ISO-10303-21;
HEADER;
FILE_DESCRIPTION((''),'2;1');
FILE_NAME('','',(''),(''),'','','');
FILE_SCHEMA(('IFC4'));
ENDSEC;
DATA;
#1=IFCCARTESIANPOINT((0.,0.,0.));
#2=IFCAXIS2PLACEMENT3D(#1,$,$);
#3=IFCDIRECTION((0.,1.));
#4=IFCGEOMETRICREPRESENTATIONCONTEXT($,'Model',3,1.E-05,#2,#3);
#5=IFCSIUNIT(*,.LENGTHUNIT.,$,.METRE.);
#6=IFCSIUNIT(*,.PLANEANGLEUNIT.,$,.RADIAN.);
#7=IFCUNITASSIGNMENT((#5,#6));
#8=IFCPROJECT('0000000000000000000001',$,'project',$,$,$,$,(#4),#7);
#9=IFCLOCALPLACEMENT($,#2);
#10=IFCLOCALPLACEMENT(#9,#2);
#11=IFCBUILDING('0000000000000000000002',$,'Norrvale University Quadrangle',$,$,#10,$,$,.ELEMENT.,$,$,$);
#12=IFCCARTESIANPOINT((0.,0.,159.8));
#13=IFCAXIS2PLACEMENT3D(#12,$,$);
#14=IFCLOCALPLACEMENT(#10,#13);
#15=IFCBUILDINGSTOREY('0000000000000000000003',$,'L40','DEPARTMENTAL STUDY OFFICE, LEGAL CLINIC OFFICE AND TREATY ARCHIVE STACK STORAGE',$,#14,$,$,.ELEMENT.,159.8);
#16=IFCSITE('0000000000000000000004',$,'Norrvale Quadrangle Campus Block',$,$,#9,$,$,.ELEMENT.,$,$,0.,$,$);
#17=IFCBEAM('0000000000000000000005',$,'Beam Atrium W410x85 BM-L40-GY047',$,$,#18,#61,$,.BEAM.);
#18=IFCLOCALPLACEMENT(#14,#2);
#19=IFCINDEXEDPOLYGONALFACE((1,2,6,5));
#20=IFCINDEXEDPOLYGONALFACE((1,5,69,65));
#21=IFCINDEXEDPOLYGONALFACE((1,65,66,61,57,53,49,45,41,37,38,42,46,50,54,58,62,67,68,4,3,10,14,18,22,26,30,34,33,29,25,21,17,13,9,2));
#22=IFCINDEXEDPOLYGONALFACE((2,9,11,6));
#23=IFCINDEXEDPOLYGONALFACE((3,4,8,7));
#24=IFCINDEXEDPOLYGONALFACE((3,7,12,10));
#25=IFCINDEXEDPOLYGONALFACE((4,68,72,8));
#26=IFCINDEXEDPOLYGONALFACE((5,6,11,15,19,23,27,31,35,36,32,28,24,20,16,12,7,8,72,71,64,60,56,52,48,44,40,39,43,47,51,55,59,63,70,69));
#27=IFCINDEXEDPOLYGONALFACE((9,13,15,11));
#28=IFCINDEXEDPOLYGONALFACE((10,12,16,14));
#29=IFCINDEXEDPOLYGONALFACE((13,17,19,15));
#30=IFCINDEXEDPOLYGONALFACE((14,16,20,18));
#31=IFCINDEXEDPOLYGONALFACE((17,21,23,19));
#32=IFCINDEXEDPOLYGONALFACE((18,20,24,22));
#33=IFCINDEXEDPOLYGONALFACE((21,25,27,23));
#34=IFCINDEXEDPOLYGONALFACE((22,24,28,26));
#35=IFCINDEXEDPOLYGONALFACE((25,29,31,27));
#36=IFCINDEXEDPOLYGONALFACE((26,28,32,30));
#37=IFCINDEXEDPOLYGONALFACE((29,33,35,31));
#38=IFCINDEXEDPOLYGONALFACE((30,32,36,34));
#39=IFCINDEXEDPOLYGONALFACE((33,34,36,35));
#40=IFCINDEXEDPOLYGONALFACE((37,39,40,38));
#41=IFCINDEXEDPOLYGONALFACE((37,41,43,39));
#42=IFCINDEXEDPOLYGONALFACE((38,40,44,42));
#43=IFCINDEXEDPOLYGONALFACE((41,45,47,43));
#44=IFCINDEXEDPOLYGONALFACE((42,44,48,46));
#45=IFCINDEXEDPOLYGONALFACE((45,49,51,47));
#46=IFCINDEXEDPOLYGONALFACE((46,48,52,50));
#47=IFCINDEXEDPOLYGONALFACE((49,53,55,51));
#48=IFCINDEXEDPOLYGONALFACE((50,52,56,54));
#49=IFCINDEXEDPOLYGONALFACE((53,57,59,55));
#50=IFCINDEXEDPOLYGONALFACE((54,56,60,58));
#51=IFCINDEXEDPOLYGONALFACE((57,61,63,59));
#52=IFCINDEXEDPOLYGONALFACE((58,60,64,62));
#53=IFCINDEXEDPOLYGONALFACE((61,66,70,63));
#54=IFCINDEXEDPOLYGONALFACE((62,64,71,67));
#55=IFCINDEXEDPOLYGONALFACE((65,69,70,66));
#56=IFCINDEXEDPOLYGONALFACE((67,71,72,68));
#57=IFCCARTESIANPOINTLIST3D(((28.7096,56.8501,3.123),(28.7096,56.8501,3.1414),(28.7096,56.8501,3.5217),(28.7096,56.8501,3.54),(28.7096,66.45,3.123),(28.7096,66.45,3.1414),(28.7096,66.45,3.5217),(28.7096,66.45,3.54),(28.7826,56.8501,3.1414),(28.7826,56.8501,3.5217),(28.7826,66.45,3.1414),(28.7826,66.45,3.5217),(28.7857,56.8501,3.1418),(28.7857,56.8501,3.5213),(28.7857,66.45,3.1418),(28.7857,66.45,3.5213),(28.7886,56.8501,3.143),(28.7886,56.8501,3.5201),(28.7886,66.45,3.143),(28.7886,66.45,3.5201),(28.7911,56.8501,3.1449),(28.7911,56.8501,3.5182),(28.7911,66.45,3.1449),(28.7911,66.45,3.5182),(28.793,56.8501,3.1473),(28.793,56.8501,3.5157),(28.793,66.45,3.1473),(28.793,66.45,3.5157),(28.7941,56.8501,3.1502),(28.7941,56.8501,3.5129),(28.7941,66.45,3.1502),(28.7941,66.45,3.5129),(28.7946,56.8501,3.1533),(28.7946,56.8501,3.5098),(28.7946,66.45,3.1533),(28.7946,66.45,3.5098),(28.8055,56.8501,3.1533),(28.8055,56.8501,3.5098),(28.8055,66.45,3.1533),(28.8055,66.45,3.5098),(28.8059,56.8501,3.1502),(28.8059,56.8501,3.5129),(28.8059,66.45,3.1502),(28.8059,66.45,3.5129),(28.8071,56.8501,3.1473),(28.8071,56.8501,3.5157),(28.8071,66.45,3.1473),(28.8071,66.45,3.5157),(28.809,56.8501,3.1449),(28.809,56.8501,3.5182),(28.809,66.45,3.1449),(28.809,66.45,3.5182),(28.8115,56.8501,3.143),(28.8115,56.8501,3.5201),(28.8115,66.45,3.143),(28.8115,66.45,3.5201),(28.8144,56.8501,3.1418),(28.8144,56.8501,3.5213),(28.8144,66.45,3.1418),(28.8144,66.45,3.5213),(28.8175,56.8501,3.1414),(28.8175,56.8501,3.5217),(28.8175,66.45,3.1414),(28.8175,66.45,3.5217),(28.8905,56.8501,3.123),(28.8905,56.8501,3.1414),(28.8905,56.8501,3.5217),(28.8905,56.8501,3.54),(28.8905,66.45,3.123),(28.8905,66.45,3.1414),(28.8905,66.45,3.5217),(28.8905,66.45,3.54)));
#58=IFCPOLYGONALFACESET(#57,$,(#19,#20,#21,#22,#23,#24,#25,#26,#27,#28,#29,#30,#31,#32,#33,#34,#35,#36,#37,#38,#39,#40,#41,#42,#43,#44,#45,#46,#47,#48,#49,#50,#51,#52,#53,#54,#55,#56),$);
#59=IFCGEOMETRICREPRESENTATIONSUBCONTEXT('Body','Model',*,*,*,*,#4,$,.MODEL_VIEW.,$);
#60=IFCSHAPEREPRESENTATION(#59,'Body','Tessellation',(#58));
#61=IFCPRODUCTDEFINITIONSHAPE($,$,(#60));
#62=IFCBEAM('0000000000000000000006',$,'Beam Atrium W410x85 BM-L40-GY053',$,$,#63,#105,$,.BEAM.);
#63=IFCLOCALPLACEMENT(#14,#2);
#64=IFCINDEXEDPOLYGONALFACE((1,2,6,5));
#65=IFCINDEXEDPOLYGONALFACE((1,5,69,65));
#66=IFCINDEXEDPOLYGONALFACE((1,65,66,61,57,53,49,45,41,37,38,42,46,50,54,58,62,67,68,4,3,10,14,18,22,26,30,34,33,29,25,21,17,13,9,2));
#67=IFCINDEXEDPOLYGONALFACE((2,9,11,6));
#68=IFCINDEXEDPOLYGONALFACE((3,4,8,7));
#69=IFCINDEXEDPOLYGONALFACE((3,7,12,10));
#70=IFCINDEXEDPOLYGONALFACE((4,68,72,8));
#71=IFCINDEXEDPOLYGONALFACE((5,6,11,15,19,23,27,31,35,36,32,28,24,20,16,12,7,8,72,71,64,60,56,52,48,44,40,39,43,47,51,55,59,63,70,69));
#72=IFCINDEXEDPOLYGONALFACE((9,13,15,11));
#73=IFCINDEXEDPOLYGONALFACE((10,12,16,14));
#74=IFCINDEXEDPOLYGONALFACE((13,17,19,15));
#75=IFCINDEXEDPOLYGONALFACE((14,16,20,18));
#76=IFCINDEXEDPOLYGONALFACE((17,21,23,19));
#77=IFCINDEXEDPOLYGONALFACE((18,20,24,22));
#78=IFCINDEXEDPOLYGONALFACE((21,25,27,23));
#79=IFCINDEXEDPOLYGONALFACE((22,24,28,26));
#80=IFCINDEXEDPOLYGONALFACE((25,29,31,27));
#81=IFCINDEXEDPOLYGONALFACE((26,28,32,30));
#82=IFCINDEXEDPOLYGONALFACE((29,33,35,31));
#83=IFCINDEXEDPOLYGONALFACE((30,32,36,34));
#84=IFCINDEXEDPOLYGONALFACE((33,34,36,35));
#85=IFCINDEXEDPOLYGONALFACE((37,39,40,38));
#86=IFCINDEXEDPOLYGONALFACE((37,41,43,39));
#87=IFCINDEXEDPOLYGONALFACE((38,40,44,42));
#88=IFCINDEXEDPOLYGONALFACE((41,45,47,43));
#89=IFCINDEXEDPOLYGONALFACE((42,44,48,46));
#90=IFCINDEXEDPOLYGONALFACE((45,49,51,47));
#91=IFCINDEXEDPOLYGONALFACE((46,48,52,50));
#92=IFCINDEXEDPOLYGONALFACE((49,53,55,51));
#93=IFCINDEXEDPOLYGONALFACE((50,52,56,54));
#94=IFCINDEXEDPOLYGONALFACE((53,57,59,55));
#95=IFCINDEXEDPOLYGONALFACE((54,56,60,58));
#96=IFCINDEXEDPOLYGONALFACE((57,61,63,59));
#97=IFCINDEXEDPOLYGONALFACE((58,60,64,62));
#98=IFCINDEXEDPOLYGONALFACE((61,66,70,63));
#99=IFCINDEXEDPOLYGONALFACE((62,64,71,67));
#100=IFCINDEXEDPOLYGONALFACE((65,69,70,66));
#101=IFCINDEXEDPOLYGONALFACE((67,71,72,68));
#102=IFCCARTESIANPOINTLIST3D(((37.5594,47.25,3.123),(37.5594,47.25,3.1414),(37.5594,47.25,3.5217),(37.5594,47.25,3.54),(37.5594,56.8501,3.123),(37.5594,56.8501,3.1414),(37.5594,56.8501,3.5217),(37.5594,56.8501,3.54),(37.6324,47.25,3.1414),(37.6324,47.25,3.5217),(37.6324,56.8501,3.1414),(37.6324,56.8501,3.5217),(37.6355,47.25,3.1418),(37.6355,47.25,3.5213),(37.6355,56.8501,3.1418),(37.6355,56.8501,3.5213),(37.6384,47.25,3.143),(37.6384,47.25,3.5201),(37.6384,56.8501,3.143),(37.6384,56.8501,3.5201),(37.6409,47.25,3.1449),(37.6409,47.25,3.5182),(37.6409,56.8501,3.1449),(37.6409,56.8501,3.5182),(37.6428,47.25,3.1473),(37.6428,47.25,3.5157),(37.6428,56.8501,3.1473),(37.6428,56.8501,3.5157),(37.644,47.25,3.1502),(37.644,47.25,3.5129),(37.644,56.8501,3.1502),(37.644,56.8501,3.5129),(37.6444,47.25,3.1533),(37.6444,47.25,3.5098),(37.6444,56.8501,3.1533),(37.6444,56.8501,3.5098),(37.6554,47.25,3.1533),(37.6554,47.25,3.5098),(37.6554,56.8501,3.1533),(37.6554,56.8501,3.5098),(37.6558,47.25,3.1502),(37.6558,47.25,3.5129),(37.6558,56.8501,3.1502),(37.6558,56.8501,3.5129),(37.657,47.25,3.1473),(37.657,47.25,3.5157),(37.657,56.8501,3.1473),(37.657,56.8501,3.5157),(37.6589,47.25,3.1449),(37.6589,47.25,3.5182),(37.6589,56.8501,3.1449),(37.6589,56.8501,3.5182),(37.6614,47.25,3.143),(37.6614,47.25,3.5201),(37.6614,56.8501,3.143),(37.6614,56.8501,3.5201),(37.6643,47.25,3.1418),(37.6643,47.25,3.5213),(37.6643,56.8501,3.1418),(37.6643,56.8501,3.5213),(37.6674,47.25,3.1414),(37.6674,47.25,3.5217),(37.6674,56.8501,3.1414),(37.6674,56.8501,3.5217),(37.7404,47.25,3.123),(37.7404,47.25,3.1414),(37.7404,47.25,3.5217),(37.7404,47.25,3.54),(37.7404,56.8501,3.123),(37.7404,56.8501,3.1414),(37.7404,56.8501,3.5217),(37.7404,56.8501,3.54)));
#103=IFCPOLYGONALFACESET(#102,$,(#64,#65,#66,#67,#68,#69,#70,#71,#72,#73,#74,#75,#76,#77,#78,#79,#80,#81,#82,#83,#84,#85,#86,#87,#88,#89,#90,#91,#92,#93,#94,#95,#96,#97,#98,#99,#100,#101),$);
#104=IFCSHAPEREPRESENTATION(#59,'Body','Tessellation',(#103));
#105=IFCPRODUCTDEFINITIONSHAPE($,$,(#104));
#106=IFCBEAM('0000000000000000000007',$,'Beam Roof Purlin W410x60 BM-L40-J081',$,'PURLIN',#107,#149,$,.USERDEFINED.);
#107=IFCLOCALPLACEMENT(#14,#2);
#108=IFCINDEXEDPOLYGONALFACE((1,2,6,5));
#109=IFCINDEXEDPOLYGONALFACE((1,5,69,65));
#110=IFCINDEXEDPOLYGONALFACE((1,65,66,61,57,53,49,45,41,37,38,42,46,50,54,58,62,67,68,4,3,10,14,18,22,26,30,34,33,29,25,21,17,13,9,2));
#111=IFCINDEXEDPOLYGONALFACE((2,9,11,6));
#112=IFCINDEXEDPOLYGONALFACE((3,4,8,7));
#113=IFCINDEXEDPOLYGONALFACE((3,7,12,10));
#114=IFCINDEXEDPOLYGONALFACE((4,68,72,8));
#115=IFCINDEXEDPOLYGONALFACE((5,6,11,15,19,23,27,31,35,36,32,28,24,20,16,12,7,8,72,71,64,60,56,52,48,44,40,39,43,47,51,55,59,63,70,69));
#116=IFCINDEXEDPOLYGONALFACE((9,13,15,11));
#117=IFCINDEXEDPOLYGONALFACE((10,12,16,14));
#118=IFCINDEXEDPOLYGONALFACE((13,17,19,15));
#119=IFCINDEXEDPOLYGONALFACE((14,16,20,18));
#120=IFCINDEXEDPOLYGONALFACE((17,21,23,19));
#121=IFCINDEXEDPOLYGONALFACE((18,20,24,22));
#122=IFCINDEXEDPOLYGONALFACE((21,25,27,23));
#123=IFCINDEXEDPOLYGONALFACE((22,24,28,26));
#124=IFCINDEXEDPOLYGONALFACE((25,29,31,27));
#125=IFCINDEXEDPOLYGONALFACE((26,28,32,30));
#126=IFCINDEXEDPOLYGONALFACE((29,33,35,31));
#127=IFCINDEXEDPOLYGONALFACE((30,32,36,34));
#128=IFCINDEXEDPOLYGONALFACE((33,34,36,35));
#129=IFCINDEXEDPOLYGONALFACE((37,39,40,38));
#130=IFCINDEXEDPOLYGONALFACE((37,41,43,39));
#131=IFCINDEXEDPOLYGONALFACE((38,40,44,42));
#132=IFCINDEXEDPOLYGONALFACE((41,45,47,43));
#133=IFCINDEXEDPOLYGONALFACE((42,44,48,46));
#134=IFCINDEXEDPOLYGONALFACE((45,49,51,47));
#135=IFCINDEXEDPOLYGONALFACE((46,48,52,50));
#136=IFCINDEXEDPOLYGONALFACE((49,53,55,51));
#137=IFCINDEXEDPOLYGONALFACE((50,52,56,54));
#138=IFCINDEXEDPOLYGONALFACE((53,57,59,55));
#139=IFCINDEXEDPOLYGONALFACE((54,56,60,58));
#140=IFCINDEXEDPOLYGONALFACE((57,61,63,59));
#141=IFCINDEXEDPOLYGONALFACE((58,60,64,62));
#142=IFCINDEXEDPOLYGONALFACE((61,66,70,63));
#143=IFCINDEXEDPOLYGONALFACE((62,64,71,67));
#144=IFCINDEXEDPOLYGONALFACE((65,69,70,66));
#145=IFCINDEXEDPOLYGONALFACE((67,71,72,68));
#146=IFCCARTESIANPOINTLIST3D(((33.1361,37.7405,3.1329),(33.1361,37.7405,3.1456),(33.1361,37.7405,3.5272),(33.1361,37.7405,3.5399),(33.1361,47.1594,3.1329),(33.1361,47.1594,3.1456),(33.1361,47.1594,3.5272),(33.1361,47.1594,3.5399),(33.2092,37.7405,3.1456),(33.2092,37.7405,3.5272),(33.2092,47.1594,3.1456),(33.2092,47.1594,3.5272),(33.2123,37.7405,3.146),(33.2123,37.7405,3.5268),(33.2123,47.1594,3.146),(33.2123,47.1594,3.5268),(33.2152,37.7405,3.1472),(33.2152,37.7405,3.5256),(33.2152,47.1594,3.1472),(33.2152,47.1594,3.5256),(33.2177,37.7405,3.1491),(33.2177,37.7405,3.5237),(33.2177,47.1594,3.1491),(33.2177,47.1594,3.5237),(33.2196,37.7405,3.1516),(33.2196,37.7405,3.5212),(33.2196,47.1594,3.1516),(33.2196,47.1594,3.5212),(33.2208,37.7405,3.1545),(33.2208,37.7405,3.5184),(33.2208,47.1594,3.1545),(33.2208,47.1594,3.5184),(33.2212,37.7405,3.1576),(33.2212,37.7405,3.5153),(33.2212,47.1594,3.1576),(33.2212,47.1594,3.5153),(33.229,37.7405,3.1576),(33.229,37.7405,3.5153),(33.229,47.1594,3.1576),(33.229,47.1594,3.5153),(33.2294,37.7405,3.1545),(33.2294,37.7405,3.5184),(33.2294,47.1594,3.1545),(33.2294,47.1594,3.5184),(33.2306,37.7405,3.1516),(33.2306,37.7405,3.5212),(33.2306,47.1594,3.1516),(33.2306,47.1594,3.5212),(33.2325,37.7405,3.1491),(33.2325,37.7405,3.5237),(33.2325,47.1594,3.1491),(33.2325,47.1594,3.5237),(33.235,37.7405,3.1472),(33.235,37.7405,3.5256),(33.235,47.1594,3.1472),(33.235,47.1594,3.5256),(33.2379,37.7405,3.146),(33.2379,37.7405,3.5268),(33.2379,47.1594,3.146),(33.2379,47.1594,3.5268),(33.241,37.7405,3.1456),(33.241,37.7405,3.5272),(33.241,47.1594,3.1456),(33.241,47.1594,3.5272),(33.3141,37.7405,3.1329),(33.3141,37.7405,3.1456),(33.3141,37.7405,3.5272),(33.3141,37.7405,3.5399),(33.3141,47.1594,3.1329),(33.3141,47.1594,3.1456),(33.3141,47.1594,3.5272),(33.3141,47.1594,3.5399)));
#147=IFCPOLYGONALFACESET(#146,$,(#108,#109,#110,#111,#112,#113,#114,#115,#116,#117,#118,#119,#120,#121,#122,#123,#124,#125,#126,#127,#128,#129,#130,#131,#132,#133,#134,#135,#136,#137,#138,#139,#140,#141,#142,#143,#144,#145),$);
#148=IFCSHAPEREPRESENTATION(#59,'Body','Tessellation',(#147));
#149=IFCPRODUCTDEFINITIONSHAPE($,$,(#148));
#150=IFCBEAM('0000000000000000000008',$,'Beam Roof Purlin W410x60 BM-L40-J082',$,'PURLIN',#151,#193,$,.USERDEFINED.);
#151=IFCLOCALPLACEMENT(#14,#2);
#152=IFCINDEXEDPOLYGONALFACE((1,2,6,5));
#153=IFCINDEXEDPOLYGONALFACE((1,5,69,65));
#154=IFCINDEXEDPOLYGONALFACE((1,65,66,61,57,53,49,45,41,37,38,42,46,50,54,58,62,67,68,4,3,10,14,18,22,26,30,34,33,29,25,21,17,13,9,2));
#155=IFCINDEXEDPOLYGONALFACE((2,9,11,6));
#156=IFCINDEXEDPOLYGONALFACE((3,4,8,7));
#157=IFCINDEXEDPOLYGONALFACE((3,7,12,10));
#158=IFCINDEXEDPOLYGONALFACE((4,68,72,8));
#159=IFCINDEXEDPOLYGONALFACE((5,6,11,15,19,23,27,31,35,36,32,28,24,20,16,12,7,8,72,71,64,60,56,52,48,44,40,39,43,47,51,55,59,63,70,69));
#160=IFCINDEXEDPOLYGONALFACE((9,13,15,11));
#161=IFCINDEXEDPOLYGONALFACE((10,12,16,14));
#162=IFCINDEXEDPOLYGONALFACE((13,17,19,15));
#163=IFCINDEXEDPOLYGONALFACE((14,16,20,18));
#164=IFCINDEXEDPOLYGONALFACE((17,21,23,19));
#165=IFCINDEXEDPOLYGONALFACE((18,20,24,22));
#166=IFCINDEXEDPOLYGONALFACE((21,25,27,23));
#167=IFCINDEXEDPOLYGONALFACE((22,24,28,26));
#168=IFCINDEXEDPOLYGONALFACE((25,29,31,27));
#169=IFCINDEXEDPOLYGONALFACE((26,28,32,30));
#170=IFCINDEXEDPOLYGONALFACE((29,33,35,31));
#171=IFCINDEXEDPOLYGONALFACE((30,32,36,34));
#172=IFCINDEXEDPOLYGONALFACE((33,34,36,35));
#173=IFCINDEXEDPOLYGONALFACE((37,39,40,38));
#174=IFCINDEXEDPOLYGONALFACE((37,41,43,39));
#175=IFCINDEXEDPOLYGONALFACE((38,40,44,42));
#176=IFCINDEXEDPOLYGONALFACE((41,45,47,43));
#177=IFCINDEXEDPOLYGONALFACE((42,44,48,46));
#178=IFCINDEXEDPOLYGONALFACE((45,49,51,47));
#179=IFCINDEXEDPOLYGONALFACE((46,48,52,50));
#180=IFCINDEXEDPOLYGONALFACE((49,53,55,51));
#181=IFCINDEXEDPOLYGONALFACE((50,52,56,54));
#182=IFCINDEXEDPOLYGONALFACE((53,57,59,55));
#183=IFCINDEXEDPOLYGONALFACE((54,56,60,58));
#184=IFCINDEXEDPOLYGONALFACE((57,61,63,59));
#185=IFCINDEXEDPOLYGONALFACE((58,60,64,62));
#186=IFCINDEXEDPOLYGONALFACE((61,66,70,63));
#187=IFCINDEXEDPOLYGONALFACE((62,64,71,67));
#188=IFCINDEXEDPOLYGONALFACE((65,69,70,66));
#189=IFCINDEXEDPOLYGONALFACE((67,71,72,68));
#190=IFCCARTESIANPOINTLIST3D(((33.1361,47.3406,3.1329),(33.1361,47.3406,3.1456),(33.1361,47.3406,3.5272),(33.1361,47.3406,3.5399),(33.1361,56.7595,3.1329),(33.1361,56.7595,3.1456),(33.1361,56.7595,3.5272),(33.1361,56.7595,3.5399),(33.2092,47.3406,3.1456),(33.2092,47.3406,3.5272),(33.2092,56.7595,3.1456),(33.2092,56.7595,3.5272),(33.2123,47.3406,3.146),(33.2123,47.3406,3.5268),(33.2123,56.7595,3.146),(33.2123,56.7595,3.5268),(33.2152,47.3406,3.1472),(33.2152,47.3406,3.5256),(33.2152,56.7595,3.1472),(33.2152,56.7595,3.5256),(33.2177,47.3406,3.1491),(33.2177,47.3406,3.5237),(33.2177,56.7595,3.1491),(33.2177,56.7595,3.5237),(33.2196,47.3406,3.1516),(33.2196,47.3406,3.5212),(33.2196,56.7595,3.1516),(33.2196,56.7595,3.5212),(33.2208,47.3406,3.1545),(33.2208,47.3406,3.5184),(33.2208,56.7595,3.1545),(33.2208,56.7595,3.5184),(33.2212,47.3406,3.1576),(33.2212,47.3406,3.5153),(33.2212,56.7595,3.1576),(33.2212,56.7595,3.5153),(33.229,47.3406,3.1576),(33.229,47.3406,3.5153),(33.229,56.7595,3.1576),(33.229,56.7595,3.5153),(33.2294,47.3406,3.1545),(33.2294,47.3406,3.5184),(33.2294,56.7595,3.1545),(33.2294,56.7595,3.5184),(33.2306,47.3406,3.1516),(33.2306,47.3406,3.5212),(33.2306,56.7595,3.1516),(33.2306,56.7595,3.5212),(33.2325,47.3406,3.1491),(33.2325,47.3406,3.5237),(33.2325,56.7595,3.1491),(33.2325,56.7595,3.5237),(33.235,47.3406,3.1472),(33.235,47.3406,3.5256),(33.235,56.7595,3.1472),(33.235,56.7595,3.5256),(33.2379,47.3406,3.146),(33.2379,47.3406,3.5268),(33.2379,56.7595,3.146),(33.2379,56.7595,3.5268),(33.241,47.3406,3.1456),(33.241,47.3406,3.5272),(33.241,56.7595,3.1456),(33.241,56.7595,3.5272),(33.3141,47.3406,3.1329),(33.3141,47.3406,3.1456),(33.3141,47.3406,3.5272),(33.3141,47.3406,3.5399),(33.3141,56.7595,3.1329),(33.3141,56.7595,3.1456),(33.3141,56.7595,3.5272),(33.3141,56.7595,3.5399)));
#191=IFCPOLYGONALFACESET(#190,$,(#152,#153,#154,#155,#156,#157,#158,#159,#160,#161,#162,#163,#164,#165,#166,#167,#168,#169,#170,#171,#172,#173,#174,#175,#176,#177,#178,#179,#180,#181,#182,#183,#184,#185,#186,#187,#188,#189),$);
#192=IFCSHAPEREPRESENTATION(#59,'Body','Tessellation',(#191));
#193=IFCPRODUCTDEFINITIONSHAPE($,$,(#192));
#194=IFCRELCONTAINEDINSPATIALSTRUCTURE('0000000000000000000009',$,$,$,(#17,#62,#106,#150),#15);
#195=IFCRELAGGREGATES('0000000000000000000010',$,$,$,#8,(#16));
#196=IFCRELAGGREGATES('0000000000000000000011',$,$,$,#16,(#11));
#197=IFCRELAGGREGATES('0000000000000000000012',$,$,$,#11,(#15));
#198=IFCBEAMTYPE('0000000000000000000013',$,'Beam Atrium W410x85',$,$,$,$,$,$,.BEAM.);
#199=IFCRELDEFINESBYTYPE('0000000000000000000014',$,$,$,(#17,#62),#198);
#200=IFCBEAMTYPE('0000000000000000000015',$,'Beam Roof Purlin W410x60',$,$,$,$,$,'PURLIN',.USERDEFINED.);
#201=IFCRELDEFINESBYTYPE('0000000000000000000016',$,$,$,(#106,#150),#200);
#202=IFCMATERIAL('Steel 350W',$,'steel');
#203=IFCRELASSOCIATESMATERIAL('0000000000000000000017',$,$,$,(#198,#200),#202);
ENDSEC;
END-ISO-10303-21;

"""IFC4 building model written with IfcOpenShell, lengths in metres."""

from ifc_helpers import new_model, si_unit, direction, frame, origin, origin_2d, place, context, subcontext, project, spatial, i_section, extrude, material, material_profile, profile_set, type_object, element, save


model = new_model("IFC4")

# Units and contexts
model_context = context("Model", 3, precision=1e-05, world=origin(), true_north=direction((0.0, 1.0)))
body_context = subcontext(model_context, "Body", "Model", "MODEL_VIEW")
ifc_project = project(units=[si_unit("LENGTHUNIT", "METRE"), si_unit("PLANEANGLEUNIT", "RADIAN")], contexts=[model_context])

# Site, building, storey
site_placement = place(None, origin())
site = spatial("IfcSite", under=ifc_project, at=site_placement, Name="Norrvale Quadrangle Campus Block", CompositionType="ELEMENT", RefElevation=0.0)
building_placement = place(site_placement, origin())
building = spatial("IfcBuilding", under=site, at=building_placement, Name="Norrvale University Quadrangle", CompositionType="ELEMENT")
storey_placement = place(building_placement, frame((0.0, 0.0, 159.8)))
storey = spatial("IfcBuildingStorey", under=building, at=storey_placement, Name="L40", Description="DEPARTMENTAL STUDY OFFICE, LEGAL CLINIC OFFICE AND TREATY ARCHIVE STACK STORAGE", CompositionType="ELEMENT", Elevation=159.8)

# Beams
ifc_material_1 = material(Name="Steel 350W", Category="steel")
ifc_material_profile_1 = material_profile(ifc_material_1, i_section(OverallWidth=0.1809, OverallDepth=0.417, WebThickness=0.011, FlangeThickness=0.0183, FilletRadius=0.012, at=origin_2d()), Name="Steel 350W")
ifc_profile_set_1 = profile_set([ifc_material_profile_1], Name="Steel 350W")
beam_type_1 = type_object("IfcBeamType", Name="Beam Atrium W410x85", PredefinedType="BEAM", material=ifc_profile_set_1)
beam_1_placement = place(storey_placement, frame((28.8, 56.8501, 3.3315), z_axis=(0.0, 1.0, 0.0), x_axis=(-1.0, 0.0, 0.0)))
element("IfcBeam", 1, at=beam_1_placement, inside=storey, type_object=beam_type_1, Name="Beam Atrium W410x85 BM-L40-GY047", PredefinedType="BEAM", context=body_context, shape_type="SweptSolid", body=[
    extrude(i_section(OverallWidth=0.1809, OverallDepth=0.417, WebThickness=0.011, FlangeThickness=0.0183, FilletRadius=0.012, at=origin_2d()), origin(), (0.0, 0.0, 1.0), 9.5999),
])
beam_2_placement = place(storey_placement, frame((37.6499, 47.25, 3.3315), z_axis=(0.0, 1.0, 0.0), x_axis=(-1.0, 0.0, 0.0)))
element("IfcBeam", 2, at=beam_2_placement, inside=storey, type_object=beam_type_1, Name="Beam Atrium W410x85 BM-L40-GY053", PredefinedType="BEAM", context=body_context, shape_type="SweptSolid", body=[
    extrude(i_section(OverallWidth=0.1809, OverallDepth=0.417, WebThickness=0.011, FlangeThickness=0.0183, FilletRadius=0.012, at=origin_2d()), origin(), (0.0, 0.0, 1.0), 9.6001),
])
ifc_material_profile_2 = material_profile(ifc_material_1, i_section(OverallWidth=0.178, OverallDepth=0.407, WebThickness=0.0078, FlangeThickness=0.0127, FilletRadius=0.012, at=origin_2d()), Name="Steel 350W")
ifc_profile_set_2 = profile_set([ifc_material_profile_2], Name="Steel 350W")
beam_type_2 = type_object("IfcBeamType", Name="Beam Roof Purlin W410x60", ElementType="PURLIN", PredefinedType="USERDEFINED", material=ifc_profile_set_2)
for number, where, z_axis, x_axis, name in (
    (3, (33.2251, 37.7405, 3.3364), (0.0, 1.0, 0.0), (-1.0, 0.0, 0.0), "Beam Roof Purlin W410x60 BM-L40-J081"),
    (4, (33.2251, 47.3406, 3.3364), (0.0, 1.0, 0.0), (-1.0, 0.0, 0.0), "Beam Roof Purlin W410x60 BM-L40-J082"),
):
    element("IfcBeam", number, at=place(storey_placement, frame(where, z_axis=z_axis, x_axis=x_axis)), inside=storey, type_object=beam_type_2, Name=name, ObjectType="PURLIN", PredefinedType="USERDEFINED", context=body_context, shape_type="SweptSolid", body=[
        extrude(i_section(OverallWidth=0.178, OverallDepth=0.407, WebThickness=0.0078, FlangeThickness=0.0127, FilletRadius=0.012, at=origin_2d()), origin(), (0.0, 0.0, 1.0), 9.4189),
    ])

save(model, "model.ifc")
